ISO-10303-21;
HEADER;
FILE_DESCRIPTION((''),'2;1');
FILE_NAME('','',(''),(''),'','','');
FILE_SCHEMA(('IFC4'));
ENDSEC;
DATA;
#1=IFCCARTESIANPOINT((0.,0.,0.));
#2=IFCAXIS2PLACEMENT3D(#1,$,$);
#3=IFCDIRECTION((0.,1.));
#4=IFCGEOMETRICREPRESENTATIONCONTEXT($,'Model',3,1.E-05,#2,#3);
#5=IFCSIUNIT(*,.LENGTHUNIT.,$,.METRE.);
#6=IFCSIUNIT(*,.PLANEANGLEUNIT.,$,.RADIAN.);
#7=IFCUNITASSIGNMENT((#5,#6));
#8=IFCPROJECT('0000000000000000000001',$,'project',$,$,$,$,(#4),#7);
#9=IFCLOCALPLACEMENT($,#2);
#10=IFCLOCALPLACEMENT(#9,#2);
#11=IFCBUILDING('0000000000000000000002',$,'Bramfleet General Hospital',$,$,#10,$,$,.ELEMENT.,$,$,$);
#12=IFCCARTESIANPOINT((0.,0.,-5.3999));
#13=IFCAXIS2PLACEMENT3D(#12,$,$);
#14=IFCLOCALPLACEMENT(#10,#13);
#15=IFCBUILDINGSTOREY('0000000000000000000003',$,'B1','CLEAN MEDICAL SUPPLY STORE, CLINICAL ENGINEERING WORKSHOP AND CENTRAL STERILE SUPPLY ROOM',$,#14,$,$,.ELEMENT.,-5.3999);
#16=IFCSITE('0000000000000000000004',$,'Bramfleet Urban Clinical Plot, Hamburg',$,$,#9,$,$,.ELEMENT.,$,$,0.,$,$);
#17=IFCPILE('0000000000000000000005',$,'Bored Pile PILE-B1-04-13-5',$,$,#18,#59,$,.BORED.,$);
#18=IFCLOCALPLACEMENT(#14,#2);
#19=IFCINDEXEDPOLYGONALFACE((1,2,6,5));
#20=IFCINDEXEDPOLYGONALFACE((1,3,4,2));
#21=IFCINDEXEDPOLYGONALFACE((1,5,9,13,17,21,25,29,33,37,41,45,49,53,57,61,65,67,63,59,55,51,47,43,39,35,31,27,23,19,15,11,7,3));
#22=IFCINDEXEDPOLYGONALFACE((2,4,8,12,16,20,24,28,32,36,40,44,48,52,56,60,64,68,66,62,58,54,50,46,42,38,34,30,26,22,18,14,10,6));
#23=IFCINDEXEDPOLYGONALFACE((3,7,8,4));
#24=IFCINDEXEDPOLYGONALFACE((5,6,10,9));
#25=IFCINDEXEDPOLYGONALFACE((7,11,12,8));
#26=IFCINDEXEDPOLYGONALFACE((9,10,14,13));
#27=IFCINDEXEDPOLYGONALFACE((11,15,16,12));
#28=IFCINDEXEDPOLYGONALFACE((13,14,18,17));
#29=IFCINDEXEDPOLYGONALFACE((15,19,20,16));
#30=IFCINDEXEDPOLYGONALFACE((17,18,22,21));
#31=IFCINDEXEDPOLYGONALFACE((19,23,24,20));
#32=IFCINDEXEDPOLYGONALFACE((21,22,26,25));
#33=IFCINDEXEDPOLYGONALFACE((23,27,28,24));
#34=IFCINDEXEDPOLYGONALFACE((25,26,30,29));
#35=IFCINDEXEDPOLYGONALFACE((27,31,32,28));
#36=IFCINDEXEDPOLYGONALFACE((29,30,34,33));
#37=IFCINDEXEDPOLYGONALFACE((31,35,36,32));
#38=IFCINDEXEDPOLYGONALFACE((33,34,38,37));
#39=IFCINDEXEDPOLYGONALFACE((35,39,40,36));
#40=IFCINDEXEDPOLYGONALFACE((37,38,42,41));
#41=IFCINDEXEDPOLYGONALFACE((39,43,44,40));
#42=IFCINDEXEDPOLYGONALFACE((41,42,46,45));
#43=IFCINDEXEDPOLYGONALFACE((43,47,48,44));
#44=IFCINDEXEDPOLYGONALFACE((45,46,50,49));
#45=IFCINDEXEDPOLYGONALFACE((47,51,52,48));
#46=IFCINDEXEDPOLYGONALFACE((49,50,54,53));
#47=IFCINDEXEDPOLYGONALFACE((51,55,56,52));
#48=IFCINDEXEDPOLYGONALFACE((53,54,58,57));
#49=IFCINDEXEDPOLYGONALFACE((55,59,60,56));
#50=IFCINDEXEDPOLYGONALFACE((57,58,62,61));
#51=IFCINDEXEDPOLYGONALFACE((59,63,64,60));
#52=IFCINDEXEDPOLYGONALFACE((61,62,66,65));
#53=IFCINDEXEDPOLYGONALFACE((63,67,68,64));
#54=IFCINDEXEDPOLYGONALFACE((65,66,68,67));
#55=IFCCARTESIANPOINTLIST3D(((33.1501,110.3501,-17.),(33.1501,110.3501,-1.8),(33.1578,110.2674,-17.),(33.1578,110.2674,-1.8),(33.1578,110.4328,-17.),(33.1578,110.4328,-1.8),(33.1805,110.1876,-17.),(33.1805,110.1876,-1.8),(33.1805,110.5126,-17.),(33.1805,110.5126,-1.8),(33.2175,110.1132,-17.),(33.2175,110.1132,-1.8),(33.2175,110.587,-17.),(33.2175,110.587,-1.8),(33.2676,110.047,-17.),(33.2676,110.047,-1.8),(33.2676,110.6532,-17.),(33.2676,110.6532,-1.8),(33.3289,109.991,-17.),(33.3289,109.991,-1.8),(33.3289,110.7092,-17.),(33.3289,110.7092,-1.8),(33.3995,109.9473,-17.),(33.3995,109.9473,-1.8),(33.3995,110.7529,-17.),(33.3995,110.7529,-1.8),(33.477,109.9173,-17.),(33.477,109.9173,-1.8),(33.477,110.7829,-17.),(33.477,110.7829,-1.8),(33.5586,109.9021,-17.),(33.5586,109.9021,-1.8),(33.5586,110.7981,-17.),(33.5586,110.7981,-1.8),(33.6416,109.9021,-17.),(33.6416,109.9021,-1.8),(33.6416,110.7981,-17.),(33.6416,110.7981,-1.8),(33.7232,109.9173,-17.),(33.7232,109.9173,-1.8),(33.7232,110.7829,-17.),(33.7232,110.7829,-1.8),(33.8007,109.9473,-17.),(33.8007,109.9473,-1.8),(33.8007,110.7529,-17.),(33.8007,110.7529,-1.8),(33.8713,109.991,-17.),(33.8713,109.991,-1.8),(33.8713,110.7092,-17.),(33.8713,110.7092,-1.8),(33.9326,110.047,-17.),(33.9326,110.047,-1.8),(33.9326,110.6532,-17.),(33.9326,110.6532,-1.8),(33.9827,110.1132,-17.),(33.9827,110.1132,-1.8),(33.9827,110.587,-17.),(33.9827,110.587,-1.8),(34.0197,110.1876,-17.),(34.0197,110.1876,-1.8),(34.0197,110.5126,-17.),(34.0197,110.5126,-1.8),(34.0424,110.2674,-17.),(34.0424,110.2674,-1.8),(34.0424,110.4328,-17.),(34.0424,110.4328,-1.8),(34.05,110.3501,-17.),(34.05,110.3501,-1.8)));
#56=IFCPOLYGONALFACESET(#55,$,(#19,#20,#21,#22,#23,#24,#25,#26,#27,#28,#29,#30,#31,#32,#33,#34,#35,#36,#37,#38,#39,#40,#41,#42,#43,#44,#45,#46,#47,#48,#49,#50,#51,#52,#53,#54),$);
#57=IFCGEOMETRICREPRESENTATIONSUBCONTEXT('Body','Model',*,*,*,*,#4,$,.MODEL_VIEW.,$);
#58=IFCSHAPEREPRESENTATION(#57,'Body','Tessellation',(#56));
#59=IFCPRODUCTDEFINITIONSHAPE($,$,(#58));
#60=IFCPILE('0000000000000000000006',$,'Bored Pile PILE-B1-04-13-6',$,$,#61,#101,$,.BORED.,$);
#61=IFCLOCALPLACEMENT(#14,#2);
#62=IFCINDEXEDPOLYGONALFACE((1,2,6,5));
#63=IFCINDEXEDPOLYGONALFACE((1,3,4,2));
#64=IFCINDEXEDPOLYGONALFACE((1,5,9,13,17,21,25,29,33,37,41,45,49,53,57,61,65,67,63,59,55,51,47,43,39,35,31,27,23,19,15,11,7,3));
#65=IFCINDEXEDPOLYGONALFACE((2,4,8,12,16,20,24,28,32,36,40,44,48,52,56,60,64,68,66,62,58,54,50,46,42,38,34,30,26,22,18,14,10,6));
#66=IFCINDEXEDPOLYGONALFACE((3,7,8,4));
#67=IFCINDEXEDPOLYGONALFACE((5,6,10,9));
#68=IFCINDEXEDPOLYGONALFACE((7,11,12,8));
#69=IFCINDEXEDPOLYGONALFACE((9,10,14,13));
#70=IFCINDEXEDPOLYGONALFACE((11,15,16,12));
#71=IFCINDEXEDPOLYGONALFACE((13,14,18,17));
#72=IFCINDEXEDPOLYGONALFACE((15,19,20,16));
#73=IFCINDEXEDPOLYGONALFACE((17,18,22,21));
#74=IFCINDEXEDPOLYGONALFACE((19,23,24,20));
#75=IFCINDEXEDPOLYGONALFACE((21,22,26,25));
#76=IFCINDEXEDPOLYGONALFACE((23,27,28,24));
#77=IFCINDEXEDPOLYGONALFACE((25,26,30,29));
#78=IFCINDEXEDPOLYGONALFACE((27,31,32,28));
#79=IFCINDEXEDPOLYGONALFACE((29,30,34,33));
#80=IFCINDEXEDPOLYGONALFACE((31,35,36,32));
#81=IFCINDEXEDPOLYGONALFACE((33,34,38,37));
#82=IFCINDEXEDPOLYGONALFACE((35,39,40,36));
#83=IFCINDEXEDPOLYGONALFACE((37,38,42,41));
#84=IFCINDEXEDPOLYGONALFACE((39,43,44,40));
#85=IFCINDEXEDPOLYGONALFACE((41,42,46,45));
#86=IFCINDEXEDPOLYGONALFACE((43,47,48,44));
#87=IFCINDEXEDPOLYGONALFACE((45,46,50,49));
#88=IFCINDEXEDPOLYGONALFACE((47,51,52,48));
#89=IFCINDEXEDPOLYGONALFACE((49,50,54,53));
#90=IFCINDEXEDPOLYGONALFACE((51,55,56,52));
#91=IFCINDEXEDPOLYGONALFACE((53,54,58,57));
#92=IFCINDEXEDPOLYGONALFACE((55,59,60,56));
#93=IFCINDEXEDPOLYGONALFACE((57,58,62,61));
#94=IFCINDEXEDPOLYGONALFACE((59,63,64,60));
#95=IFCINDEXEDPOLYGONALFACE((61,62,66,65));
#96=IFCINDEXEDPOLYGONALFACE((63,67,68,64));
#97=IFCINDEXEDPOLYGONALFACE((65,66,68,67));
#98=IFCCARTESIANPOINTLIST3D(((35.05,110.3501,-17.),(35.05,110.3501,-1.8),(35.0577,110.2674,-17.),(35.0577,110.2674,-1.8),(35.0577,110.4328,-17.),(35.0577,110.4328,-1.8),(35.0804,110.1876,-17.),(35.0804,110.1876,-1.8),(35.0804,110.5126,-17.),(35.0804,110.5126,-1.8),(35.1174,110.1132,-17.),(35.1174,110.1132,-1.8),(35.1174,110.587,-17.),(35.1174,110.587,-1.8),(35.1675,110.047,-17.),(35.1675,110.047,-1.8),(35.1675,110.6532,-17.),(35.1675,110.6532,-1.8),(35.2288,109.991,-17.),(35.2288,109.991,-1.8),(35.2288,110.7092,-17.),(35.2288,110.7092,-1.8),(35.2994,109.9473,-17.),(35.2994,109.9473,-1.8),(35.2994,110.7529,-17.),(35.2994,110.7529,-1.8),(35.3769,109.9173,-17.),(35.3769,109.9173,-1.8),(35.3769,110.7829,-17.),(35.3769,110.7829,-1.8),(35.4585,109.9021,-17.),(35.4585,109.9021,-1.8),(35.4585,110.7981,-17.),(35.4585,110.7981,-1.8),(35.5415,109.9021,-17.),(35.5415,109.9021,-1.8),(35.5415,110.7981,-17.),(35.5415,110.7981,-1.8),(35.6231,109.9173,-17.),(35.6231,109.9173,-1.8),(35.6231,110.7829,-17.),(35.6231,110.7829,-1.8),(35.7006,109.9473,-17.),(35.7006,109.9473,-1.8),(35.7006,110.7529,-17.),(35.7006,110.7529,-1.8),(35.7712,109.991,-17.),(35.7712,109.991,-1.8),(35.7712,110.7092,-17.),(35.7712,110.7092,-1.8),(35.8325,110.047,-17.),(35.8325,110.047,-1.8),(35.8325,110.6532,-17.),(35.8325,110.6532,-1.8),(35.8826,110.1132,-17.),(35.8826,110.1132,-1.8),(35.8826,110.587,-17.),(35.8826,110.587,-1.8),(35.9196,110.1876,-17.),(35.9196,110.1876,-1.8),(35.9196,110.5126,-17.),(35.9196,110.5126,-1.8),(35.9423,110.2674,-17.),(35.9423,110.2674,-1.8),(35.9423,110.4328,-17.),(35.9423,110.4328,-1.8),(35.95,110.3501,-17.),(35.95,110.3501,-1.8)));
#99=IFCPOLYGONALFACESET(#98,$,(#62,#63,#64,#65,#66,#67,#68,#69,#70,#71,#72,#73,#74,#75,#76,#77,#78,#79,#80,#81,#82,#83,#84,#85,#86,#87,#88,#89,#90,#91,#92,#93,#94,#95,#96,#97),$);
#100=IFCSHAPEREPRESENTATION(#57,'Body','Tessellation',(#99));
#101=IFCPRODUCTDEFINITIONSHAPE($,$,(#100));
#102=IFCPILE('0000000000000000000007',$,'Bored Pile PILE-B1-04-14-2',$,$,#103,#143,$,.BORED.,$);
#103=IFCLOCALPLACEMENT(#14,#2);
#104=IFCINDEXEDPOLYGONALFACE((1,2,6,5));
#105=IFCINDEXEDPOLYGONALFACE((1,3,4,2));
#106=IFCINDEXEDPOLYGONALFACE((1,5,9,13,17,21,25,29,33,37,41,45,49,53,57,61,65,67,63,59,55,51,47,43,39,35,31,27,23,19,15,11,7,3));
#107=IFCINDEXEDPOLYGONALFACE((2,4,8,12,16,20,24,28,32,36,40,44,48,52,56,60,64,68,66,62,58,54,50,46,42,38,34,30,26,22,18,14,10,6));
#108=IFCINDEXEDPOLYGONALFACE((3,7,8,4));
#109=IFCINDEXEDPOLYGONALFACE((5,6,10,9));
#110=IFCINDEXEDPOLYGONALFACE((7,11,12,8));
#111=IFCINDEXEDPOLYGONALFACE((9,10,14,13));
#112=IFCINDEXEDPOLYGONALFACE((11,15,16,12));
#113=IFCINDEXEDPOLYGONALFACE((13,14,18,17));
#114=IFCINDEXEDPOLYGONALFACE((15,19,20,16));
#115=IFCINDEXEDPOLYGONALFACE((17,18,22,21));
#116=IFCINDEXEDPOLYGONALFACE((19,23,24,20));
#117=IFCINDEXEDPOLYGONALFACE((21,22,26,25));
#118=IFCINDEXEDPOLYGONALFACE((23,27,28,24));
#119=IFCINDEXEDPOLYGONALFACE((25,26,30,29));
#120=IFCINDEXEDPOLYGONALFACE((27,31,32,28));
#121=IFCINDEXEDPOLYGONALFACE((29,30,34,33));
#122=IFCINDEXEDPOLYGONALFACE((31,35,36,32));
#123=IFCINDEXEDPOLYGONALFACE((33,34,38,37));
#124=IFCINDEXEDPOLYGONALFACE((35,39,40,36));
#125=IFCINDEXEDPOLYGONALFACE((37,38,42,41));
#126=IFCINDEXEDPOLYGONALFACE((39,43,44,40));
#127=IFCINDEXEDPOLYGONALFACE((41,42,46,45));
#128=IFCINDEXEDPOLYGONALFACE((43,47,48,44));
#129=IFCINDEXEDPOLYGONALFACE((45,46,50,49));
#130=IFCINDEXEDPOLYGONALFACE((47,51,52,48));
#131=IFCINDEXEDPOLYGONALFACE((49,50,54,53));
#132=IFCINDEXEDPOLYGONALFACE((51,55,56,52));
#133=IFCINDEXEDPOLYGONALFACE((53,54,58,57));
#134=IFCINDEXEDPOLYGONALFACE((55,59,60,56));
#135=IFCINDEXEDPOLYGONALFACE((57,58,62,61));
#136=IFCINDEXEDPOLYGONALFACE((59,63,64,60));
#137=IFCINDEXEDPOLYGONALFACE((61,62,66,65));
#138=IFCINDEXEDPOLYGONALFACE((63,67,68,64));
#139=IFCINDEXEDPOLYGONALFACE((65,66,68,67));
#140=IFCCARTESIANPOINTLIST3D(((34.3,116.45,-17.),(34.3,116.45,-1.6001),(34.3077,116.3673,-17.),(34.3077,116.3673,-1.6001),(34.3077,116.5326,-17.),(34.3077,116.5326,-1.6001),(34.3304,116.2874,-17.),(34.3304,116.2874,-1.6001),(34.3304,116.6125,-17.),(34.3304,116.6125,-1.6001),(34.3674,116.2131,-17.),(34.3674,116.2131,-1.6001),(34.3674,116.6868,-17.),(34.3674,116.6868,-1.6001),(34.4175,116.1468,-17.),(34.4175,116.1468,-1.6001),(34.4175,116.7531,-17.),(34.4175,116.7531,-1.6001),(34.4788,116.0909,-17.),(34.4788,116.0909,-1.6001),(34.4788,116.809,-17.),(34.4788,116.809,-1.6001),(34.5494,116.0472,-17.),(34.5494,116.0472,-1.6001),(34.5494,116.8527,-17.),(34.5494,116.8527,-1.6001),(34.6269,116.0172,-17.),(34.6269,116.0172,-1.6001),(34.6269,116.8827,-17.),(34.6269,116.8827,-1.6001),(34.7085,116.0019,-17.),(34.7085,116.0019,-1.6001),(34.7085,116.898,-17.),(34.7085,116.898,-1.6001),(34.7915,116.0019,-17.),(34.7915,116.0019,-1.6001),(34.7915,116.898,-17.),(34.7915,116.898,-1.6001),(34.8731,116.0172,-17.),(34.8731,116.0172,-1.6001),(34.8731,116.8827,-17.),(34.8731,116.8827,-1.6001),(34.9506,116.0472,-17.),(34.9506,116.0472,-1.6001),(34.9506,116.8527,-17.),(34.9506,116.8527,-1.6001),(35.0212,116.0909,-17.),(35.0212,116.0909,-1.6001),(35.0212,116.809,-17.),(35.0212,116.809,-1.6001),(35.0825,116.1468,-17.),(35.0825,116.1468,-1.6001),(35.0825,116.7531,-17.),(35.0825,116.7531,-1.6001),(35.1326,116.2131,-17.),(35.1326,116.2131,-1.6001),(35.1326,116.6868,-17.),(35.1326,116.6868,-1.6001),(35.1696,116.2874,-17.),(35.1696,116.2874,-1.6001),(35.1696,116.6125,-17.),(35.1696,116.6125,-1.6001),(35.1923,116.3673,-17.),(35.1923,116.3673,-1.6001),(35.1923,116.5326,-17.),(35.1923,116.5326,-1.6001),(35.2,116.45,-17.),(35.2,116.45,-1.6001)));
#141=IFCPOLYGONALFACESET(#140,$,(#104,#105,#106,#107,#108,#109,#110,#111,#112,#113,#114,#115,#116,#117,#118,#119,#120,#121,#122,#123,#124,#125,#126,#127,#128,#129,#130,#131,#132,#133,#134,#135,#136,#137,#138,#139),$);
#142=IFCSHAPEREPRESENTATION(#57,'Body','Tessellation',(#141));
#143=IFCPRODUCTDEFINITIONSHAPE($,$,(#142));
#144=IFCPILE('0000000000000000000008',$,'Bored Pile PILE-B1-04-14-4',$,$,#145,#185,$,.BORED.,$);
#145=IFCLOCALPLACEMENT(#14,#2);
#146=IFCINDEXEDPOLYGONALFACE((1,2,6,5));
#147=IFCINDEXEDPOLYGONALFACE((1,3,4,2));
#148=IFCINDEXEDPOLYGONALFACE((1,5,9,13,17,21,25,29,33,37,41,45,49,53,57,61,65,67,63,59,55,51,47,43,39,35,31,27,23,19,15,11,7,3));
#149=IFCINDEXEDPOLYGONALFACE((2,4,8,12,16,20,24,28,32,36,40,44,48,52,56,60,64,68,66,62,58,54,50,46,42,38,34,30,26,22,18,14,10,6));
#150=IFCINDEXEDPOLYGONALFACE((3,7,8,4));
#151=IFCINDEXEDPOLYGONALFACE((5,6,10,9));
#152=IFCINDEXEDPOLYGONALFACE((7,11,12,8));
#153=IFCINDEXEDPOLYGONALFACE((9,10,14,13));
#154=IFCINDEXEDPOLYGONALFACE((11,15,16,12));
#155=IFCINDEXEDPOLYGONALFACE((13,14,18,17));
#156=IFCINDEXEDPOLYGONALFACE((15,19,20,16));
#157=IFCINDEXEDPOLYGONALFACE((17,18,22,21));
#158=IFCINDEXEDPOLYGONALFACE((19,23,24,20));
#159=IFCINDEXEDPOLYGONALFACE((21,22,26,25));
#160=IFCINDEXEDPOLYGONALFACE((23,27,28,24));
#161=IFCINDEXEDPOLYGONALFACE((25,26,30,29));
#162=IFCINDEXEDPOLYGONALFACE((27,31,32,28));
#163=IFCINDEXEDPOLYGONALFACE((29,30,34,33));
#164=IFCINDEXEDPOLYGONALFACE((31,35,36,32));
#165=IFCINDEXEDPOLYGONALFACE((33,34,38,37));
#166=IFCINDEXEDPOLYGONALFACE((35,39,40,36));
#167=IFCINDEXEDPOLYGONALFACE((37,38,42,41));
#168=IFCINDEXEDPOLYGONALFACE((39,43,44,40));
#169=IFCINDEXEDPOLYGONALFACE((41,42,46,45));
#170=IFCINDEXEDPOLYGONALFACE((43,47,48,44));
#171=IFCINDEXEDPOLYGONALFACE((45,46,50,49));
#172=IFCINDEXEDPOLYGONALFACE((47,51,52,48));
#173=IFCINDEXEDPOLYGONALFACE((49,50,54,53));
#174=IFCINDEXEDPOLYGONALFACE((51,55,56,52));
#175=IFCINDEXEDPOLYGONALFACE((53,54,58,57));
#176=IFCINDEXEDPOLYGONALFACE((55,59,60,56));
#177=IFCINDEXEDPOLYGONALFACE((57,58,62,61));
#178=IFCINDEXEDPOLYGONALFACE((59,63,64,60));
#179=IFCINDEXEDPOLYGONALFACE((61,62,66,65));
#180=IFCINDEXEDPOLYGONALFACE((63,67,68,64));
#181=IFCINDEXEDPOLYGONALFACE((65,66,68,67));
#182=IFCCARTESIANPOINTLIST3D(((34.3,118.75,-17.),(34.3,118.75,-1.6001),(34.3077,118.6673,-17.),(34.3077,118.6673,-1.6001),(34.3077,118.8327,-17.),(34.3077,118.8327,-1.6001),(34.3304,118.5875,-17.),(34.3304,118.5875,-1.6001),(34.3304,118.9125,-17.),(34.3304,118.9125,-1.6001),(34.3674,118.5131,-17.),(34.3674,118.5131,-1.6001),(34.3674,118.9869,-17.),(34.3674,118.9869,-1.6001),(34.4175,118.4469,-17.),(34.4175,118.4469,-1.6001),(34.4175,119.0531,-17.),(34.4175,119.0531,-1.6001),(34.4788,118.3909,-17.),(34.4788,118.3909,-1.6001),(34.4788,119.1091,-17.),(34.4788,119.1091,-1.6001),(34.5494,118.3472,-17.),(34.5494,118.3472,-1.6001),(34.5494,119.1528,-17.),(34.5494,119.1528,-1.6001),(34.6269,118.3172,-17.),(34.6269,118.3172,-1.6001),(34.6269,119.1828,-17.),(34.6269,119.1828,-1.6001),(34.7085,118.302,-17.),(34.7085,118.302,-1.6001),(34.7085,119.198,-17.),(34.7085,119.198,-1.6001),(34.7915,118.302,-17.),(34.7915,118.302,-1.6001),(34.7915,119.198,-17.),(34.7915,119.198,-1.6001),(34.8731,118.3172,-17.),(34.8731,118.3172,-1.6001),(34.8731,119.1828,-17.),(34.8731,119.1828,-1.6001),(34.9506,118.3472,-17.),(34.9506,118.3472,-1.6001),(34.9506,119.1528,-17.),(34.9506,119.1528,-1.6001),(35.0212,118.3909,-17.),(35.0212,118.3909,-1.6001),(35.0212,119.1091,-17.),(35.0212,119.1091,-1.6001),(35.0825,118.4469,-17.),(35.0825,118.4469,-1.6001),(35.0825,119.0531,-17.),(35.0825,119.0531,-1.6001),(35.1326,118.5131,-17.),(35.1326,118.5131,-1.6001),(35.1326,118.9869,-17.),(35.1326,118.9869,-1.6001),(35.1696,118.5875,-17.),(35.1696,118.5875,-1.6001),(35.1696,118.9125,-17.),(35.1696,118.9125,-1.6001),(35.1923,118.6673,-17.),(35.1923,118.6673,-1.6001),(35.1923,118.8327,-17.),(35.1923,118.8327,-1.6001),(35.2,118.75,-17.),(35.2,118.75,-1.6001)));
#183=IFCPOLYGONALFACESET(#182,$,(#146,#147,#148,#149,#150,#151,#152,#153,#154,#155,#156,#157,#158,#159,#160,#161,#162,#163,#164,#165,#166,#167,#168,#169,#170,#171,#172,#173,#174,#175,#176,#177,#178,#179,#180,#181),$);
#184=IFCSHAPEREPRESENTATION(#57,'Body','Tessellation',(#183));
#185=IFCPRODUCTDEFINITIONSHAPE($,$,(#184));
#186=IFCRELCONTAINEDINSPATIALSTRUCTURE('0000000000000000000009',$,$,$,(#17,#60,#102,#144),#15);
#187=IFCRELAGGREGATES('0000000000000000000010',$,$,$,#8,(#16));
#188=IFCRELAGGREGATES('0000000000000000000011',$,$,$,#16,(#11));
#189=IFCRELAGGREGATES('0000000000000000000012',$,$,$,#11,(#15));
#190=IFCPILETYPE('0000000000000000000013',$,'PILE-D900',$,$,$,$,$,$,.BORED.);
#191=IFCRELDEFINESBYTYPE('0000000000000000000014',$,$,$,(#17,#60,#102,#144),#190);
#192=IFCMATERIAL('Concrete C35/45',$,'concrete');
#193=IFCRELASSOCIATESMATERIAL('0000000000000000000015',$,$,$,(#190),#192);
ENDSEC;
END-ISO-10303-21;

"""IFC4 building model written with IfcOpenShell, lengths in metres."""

from ifc_helpers import new_model, si_unit, direction, frame, origin, origin_2d, place, context, subcontext, project, spatial, circle, extrude, material, material_profile, profile_set, type_object, element, save


model = new_model("IFC4")

# Units and contexts
model_context = context("Model", 3, precision=1e-05, world=origin(), true_north=direction((0.0, 1.0)))
body_context = subcontext(model_context, "Body", "Model", "MODEL_VIEW")
ifc_project = project(units=[si_unit("LENGTHUNIT", "METRE"), si_unit("PLANEANGLEUNIT", "RADIAN")], contexts=[model_context])

# Site, building, storey
site_placement = place(None, origin())
site = spatial("IfcSite", under=ifc_project, at=site_placement, Name="Bramfleet Urban Clinical Plot, Hamburg", CompositionType="ELEMENT", RefElevation=0.0)
building_placement = place(site_placement, origin())
building = spatial("IfcBuilding", under=site, at=building_placement, Name="Bramfleet General Hospital", CompositionType="ELEMENT")
storey_placement = place(building_placement, frame((0.0, 0.0, -5.3999)))
storey = spatial("IfcBuildingStorey", under=building, at=storey_placement, Name="B1", Description="CLEAN MEDICAL SUPPLY STORE, CLINICAL ENGINEERING WORKSHOP AND CENTRAL STERILE SUPPLY ROOM", CompositionType="ELEMENT", Elevation=-5.3999)

# Shared definitions
ifc_material_1 = material(Name="Concrete C35/45", Category="concrete")

# Piles
ifc_material_profile_1 = material_profile(ifc_material_1, circle(Radius=0.45, at=origin_2d()), Name="PILE BORED D900")
ifc_profile_set_1 = profile_set([ifc_material_profile_1], Name="Concrete C35/45")
pile_type = type_object("IfcPileType", Name="PILE-D900", PredefinedType="BORED", material=ifc_profile_set_1)
for number, where, z_axis, x_axis, name in (
    (1, (33.6001, 110.3501, -1.8), (0.0, 0.0, -1.0), (1.0, 0.0, 0.0), "Bored Pile PILE-B1-04-13-5"),
    (2, (35.5, 110.3501, -1.8), (0.0, 0.0, -1.0), (1.0, 0.0, 0.0), "Bored Pile PILE-B1-04-13-6"),
):
    element("IfcPile", number, at=place(storey_placement, frame(where, z_axis=z_axis, x_axis=x_axis)), inside=storey, type_object=pile_type, Name=name, PredefinedType="BORED", context=body_context, shape_type="SweptSolid", body=[
        extrude(circle(Radius=0.45, at=origin_2d()), origin(), (0.0, 0.0, 1.0), 15.2),
    ])
for number, where, z_axis, x_axis, name in (
    (3, (34.75, 116.45, -1.6001), (0.0, 0.0, -1.0), (1.0, 0.0, 0.0), "Bored Pile PILE-B1-04-14-2"),
    (4, (34.75, 118.75, -1.6001), (0.0, 0.0, -1.0), (1.0, 0.0, 0.0), "Bored Pile PILE-B1-04-14-4"),
):
    element("IfcPile", number, at=place(storey_placement, frame(where, z_axis=z_axis, x_axis=x_axis)), inside=storey, type_object=pile_type, Name=name, PredefinedType="BORED", context=body_context, shape_type="SweptSolid", body=[
        extrude(circle(Radius=0.45, at=origin_2d()), origin(), (0.0, 0.0, 1.0), 15.3999),
    ])

save(model, "model.ifc")
